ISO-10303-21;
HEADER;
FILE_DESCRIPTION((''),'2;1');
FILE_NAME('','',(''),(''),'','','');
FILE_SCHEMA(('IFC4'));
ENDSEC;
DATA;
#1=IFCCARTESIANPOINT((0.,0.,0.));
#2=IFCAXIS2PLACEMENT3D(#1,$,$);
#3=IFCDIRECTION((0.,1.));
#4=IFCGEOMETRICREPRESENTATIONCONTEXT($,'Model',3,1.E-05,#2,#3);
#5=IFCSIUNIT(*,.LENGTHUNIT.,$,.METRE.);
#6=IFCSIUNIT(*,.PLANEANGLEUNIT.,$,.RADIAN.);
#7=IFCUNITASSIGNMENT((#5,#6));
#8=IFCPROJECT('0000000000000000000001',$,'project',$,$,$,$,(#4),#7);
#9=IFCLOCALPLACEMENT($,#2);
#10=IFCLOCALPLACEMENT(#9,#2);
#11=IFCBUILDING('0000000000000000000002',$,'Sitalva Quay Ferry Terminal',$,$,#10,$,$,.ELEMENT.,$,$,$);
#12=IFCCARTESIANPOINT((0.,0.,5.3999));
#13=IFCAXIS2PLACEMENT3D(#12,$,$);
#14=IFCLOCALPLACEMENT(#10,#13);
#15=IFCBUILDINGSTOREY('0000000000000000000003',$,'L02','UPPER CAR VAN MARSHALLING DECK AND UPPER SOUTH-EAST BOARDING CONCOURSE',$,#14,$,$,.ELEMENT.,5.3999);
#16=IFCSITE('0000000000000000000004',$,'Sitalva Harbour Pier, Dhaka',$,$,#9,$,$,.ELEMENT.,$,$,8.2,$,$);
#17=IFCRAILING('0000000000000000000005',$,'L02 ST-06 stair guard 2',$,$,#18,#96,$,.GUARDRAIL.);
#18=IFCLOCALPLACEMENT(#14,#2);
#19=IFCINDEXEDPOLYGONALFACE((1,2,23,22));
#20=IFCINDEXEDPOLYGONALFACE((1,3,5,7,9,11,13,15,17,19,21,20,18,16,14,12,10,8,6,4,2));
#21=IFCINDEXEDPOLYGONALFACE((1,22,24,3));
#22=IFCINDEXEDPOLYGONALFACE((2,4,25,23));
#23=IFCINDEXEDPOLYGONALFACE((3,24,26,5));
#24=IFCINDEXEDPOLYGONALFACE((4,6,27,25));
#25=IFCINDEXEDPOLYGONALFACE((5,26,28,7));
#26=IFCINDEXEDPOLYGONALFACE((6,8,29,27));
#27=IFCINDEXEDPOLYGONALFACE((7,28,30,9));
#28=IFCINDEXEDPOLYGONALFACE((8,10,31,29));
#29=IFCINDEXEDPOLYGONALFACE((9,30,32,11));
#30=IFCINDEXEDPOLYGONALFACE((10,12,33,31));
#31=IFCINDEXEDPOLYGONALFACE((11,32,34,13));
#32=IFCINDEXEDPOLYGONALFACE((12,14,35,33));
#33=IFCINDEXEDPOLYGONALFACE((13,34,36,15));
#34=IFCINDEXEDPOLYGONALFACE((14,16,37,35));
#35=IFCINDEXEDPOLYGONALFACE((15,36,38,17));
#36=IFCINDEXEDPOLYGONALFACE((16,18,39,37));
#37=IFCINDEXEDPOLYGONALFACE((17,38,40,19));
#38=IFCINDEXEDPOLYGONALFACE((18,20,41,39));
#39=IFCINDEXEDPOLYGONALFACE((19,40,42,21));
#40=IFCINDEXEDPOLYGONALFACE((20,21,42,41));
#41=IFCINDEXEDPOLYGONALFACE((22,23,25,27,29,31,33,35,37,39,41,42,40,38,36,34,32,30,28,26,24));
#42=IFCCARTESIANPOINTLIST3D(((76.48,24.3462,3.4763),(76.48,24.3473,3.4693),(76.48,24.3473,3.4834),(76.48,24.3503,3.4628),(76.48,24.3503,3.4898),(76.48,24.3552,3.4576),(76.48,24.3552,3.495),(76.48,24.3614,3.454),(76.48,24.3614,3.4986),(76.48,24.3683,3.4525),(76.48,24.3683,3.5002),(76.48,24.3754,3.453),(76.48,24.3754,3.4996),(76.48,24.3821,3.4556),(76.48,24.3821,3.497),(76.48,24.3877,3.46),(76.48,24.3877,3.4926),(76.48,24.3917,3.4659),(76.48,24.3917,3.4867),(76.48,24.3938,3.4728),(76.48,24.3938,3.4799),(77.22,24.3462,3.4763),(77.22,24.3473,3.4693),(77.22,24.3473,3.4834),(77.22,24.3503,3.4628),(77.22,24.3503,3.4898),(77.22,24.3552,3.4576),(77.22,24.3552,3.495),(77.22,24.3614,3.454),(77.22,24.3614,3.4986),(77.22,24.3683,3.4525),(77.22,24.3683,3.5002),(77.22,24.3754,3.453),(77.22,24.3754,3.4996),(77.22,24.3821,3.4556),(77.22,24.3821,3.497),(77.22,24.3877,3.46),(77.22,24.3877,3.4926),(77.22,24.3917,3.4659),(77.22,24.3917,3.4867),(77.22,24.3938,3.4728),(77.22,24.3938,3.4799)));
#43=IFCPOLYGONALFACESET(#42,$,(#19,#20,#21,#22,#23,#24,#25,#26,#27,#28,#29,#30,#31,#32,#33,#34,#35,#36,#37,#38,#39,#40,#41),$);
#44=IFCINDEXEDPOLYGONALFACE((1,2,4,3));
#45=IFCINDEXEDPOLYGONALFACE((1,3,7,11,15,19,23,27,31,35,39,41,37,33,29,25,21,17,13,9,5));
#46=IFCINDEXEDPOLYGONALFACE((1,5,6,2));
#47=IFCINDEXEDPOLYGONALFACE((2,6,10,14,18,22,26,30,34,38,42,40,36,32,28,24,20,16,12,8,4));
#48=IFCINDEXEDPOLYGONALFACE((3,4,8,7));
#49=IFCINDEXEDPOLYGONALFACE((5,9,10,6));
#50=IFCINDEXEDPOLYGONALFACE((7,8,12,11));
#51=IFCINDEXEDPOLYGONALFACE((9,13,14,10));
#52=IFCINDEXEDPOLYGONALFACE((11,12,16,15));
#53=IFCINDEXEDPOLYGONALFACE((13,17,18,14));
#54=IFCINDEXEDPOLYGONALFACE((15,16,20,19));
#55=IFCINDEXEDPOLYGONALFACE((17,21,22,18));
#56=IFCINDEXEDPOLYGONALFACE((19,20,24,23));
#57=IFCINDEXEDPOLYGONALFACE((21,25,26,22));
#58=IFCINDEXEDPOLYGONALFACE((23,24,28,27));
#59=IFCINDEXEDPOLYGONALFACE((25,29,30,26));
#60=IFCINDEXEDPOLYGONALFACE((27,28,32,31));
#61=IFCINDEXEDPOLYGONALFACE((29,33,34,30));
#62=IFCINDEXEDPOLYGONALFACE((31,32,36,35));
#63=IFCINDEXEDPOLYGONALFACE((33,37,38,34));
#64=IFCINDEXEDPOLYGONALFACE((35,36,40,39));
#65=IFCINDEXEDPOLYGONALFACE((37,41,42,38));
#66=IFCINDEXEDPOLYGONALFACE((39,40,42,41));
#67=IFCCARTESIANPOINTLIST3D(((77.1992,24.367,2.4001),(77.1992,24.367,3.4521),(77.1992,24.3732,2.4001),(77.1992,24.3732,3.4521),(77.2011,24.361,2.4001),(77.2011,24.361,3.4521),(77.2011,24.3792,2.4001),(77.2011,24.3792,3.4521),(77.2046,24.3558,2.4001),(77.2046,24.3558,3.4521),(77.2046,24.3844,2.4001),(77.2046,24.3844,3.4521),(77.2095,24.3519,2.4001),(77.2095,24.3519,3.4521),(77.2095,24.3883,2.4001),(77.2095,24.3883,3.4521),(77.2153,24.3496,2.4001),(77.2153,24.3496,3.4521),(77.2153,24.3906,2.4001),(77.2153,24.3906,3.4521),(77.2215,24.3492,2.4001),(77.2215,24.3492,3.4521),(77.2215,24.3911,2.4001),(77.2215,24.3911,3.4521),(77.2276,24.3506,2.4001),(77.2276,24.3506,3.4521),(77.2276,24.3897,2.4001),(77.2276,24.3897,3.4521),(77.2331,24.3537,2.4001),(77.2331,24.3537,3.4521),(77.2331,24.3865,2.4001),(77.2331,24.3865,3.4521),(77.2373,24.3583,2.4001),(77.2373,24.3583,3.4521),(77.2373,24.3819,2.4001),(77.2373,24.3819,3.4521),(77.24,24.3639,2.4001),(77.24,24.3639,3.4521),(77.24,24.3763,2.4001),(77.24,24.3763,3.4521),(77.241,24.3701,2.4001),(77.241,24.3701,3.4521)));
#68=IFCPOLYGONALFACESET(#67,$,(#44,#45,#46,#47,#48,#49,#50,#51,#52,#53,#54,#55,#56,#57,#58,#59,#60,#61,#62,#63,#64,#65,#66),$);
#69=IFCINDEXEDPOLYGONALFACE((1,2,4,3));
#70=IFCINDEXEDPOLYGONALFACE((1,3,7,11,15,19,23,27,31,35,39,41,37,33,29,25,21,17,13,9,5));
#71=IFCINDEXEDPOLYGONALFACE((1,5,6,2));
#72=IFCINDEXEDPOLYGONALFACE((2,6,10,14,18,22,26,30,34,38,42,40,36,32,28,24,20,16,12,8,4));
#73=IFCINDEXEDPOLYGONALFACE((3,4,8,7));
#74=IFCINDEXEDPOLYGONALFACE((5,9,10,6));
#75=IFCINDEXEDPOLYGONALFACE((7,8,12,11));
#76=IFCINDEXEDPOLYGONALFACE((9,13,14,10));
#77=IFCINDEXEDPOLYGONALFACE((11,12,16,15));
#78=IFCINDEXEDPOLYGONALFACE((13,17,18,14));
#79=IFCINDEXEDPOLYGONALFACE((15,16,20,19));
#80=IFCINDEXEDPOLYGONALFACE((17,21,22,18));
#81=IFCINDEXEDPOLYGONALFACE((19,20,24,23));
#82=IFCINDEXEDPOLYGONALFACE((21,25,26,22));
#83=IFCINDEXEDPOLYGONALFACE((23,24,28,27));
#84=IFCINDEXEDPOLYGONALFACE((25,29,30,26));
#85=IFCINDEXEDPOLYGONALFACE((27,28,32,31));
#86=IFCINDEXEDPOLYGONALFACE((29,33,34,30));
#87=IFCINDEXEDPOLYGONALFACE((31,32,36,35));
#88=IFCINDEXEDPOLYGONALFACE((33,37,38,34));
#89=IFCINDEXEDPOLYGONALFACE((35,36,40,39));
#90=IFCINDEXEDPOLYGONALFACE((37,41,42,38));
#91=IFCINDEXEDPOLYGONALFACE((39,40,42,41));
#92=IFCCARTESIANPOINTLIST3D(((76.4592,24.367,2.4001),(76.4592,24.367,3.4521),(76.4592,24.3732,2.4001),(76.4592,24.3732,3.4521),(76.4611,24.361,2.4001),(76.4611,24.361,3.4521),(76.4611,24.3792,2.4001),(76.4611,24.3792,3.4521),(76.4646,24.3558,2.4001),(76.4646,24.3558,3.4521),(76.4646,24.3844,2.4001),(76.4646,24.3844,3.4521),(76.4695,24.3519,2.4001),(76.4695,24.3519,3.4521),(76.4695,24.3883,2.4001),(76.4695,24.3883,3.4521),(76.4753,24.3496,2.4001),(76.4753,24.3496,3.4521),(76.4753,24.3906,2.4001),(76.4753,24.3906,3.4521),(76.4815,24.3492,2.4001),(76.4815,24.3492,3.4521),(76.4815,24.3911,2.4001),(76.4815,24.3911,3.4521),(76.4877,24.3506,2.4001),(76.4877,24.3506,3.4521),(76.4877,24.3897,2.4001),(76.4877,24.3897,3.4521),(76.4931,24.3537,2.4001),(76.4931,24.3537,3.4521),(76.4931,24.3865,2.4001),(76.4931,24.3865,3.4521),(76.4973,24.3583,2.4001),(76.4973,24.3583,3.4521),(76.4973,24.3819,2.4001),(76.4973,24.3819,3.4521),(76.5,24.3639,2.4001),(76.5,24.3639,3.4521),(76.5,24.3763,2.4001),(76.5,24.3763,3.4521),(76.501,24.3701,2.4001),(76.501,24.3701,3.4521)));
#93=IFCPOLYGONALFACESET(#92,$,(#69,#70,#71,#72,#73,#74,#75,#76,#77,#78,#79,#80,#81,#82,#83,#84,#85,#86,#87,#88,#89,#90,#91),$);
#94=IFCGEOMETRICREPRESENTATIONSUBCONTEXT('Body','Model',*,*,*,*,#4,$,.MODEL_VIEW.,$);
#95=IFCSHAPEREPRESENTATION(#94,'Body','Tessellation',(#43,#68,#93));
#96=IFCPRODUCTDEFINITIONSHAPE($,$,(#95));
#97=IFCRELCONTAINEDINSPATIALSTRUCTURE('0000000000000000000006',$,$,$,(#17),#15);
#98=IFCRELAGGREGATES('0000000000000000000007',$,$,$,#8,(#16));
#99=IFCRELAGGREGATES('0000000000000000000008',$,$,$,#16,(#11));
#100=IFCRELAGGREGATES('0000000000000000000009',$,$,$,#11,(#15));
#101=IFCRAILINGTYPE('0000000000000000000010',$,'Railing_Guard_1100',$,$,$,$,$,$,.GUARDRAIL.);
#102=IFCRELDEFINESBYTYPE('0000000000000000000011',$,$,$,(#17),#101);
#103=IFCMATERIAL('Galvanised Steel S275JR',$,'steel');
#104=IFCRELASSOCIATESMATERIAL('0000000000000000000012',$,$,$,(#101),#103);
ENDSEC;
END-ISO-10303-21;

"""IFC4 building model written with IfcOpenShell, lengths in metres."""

from ifc_helpers import new_model, si_unit, direction, frame, origin, origin_2d, place, context, subcontext, project, spatial, circle, extrude, material, type_object, element, save


model = new_model("IFC4")

# Units and contexts
model_context = context("Model", 3, precision=1e-05, world=origin(), true_north=direction((0.0, 1.0)))
body_context = subcontext(model_context, "Body", "Model", "MODEL_VIEW")
ifc_project = project(units=[si_unit("LENGTHUNIT", "METRE"), si_unit("PLANEANGLEUNIT", "RADIAN")], contexts=[model_context])

# Site, building, storey
site_placement = place(None, origin())
site = spatial("IfcSite", under=ifc_project, at=site_placement, Name="Sitalva Harbour Pier, Dhaka", CompositionType="ELEMENT", RefElevation=8.2)
building_placement = place(site_placement, origin())
building = spatial("IfcBuilding", under=site, at=building_placement, Name="Sitalva Quay Ferry Terminal", CompositionType="ELEMENT")
storey_placement = place(building_placement, frame((0.0, 0.0, 5.3999)))
storey = spatial("IfcBuildingStorey", under=building, at=storey_placement, Name="L02", Description="UPPER CAR VAN MARSHALLING DECK AND UPPER SOUTH-EAST BOARDING CONCOURSE", CompositionType="ELEMENT", Elevation=5.3999)

# Railing
ifc_material_1 = material(Name="Galvanised Steel S275JR", Category="steel")
railing_type_1 = type_object("IfcRailingType", Name="Railing_Guard_1100", PredefinedType="GUARDRAIL", material=ifc_material_1)
railing_1_placement = place(storey_placement, frame((77.22, 24.3701, 2.4001)))
element("IfcRailing", 1, at=railing_1_placement, inside=storey, type_object=railing_type_1, Name="L02 ST-06 stair guard 2", PredefinedType="GUARDRAIL", context=body_context, shape_type="SweptSolid", body=[
    extrude(circle(Radius=0.0239, at=origin_2d()), frame((0.0, 0.0, 1.0762), z_axis=(-1.0, 0.0, 0.0), x_axis=(0.0, -1.0, 0.0)), (0.0, 0.0, 1.0), 0.74),
    extrude(circle(Radius=0.021, at=origin_2d()), origin(), (0.0, 0.0, 1.0), 1.052),
    extrude(circle(Radius=0.021, at=origin_2d()), frame((-0.74, 0.0, 0.0)), (0.0, 0.0, 1.0), 1.052),
])

save(model, "model.ifc")
